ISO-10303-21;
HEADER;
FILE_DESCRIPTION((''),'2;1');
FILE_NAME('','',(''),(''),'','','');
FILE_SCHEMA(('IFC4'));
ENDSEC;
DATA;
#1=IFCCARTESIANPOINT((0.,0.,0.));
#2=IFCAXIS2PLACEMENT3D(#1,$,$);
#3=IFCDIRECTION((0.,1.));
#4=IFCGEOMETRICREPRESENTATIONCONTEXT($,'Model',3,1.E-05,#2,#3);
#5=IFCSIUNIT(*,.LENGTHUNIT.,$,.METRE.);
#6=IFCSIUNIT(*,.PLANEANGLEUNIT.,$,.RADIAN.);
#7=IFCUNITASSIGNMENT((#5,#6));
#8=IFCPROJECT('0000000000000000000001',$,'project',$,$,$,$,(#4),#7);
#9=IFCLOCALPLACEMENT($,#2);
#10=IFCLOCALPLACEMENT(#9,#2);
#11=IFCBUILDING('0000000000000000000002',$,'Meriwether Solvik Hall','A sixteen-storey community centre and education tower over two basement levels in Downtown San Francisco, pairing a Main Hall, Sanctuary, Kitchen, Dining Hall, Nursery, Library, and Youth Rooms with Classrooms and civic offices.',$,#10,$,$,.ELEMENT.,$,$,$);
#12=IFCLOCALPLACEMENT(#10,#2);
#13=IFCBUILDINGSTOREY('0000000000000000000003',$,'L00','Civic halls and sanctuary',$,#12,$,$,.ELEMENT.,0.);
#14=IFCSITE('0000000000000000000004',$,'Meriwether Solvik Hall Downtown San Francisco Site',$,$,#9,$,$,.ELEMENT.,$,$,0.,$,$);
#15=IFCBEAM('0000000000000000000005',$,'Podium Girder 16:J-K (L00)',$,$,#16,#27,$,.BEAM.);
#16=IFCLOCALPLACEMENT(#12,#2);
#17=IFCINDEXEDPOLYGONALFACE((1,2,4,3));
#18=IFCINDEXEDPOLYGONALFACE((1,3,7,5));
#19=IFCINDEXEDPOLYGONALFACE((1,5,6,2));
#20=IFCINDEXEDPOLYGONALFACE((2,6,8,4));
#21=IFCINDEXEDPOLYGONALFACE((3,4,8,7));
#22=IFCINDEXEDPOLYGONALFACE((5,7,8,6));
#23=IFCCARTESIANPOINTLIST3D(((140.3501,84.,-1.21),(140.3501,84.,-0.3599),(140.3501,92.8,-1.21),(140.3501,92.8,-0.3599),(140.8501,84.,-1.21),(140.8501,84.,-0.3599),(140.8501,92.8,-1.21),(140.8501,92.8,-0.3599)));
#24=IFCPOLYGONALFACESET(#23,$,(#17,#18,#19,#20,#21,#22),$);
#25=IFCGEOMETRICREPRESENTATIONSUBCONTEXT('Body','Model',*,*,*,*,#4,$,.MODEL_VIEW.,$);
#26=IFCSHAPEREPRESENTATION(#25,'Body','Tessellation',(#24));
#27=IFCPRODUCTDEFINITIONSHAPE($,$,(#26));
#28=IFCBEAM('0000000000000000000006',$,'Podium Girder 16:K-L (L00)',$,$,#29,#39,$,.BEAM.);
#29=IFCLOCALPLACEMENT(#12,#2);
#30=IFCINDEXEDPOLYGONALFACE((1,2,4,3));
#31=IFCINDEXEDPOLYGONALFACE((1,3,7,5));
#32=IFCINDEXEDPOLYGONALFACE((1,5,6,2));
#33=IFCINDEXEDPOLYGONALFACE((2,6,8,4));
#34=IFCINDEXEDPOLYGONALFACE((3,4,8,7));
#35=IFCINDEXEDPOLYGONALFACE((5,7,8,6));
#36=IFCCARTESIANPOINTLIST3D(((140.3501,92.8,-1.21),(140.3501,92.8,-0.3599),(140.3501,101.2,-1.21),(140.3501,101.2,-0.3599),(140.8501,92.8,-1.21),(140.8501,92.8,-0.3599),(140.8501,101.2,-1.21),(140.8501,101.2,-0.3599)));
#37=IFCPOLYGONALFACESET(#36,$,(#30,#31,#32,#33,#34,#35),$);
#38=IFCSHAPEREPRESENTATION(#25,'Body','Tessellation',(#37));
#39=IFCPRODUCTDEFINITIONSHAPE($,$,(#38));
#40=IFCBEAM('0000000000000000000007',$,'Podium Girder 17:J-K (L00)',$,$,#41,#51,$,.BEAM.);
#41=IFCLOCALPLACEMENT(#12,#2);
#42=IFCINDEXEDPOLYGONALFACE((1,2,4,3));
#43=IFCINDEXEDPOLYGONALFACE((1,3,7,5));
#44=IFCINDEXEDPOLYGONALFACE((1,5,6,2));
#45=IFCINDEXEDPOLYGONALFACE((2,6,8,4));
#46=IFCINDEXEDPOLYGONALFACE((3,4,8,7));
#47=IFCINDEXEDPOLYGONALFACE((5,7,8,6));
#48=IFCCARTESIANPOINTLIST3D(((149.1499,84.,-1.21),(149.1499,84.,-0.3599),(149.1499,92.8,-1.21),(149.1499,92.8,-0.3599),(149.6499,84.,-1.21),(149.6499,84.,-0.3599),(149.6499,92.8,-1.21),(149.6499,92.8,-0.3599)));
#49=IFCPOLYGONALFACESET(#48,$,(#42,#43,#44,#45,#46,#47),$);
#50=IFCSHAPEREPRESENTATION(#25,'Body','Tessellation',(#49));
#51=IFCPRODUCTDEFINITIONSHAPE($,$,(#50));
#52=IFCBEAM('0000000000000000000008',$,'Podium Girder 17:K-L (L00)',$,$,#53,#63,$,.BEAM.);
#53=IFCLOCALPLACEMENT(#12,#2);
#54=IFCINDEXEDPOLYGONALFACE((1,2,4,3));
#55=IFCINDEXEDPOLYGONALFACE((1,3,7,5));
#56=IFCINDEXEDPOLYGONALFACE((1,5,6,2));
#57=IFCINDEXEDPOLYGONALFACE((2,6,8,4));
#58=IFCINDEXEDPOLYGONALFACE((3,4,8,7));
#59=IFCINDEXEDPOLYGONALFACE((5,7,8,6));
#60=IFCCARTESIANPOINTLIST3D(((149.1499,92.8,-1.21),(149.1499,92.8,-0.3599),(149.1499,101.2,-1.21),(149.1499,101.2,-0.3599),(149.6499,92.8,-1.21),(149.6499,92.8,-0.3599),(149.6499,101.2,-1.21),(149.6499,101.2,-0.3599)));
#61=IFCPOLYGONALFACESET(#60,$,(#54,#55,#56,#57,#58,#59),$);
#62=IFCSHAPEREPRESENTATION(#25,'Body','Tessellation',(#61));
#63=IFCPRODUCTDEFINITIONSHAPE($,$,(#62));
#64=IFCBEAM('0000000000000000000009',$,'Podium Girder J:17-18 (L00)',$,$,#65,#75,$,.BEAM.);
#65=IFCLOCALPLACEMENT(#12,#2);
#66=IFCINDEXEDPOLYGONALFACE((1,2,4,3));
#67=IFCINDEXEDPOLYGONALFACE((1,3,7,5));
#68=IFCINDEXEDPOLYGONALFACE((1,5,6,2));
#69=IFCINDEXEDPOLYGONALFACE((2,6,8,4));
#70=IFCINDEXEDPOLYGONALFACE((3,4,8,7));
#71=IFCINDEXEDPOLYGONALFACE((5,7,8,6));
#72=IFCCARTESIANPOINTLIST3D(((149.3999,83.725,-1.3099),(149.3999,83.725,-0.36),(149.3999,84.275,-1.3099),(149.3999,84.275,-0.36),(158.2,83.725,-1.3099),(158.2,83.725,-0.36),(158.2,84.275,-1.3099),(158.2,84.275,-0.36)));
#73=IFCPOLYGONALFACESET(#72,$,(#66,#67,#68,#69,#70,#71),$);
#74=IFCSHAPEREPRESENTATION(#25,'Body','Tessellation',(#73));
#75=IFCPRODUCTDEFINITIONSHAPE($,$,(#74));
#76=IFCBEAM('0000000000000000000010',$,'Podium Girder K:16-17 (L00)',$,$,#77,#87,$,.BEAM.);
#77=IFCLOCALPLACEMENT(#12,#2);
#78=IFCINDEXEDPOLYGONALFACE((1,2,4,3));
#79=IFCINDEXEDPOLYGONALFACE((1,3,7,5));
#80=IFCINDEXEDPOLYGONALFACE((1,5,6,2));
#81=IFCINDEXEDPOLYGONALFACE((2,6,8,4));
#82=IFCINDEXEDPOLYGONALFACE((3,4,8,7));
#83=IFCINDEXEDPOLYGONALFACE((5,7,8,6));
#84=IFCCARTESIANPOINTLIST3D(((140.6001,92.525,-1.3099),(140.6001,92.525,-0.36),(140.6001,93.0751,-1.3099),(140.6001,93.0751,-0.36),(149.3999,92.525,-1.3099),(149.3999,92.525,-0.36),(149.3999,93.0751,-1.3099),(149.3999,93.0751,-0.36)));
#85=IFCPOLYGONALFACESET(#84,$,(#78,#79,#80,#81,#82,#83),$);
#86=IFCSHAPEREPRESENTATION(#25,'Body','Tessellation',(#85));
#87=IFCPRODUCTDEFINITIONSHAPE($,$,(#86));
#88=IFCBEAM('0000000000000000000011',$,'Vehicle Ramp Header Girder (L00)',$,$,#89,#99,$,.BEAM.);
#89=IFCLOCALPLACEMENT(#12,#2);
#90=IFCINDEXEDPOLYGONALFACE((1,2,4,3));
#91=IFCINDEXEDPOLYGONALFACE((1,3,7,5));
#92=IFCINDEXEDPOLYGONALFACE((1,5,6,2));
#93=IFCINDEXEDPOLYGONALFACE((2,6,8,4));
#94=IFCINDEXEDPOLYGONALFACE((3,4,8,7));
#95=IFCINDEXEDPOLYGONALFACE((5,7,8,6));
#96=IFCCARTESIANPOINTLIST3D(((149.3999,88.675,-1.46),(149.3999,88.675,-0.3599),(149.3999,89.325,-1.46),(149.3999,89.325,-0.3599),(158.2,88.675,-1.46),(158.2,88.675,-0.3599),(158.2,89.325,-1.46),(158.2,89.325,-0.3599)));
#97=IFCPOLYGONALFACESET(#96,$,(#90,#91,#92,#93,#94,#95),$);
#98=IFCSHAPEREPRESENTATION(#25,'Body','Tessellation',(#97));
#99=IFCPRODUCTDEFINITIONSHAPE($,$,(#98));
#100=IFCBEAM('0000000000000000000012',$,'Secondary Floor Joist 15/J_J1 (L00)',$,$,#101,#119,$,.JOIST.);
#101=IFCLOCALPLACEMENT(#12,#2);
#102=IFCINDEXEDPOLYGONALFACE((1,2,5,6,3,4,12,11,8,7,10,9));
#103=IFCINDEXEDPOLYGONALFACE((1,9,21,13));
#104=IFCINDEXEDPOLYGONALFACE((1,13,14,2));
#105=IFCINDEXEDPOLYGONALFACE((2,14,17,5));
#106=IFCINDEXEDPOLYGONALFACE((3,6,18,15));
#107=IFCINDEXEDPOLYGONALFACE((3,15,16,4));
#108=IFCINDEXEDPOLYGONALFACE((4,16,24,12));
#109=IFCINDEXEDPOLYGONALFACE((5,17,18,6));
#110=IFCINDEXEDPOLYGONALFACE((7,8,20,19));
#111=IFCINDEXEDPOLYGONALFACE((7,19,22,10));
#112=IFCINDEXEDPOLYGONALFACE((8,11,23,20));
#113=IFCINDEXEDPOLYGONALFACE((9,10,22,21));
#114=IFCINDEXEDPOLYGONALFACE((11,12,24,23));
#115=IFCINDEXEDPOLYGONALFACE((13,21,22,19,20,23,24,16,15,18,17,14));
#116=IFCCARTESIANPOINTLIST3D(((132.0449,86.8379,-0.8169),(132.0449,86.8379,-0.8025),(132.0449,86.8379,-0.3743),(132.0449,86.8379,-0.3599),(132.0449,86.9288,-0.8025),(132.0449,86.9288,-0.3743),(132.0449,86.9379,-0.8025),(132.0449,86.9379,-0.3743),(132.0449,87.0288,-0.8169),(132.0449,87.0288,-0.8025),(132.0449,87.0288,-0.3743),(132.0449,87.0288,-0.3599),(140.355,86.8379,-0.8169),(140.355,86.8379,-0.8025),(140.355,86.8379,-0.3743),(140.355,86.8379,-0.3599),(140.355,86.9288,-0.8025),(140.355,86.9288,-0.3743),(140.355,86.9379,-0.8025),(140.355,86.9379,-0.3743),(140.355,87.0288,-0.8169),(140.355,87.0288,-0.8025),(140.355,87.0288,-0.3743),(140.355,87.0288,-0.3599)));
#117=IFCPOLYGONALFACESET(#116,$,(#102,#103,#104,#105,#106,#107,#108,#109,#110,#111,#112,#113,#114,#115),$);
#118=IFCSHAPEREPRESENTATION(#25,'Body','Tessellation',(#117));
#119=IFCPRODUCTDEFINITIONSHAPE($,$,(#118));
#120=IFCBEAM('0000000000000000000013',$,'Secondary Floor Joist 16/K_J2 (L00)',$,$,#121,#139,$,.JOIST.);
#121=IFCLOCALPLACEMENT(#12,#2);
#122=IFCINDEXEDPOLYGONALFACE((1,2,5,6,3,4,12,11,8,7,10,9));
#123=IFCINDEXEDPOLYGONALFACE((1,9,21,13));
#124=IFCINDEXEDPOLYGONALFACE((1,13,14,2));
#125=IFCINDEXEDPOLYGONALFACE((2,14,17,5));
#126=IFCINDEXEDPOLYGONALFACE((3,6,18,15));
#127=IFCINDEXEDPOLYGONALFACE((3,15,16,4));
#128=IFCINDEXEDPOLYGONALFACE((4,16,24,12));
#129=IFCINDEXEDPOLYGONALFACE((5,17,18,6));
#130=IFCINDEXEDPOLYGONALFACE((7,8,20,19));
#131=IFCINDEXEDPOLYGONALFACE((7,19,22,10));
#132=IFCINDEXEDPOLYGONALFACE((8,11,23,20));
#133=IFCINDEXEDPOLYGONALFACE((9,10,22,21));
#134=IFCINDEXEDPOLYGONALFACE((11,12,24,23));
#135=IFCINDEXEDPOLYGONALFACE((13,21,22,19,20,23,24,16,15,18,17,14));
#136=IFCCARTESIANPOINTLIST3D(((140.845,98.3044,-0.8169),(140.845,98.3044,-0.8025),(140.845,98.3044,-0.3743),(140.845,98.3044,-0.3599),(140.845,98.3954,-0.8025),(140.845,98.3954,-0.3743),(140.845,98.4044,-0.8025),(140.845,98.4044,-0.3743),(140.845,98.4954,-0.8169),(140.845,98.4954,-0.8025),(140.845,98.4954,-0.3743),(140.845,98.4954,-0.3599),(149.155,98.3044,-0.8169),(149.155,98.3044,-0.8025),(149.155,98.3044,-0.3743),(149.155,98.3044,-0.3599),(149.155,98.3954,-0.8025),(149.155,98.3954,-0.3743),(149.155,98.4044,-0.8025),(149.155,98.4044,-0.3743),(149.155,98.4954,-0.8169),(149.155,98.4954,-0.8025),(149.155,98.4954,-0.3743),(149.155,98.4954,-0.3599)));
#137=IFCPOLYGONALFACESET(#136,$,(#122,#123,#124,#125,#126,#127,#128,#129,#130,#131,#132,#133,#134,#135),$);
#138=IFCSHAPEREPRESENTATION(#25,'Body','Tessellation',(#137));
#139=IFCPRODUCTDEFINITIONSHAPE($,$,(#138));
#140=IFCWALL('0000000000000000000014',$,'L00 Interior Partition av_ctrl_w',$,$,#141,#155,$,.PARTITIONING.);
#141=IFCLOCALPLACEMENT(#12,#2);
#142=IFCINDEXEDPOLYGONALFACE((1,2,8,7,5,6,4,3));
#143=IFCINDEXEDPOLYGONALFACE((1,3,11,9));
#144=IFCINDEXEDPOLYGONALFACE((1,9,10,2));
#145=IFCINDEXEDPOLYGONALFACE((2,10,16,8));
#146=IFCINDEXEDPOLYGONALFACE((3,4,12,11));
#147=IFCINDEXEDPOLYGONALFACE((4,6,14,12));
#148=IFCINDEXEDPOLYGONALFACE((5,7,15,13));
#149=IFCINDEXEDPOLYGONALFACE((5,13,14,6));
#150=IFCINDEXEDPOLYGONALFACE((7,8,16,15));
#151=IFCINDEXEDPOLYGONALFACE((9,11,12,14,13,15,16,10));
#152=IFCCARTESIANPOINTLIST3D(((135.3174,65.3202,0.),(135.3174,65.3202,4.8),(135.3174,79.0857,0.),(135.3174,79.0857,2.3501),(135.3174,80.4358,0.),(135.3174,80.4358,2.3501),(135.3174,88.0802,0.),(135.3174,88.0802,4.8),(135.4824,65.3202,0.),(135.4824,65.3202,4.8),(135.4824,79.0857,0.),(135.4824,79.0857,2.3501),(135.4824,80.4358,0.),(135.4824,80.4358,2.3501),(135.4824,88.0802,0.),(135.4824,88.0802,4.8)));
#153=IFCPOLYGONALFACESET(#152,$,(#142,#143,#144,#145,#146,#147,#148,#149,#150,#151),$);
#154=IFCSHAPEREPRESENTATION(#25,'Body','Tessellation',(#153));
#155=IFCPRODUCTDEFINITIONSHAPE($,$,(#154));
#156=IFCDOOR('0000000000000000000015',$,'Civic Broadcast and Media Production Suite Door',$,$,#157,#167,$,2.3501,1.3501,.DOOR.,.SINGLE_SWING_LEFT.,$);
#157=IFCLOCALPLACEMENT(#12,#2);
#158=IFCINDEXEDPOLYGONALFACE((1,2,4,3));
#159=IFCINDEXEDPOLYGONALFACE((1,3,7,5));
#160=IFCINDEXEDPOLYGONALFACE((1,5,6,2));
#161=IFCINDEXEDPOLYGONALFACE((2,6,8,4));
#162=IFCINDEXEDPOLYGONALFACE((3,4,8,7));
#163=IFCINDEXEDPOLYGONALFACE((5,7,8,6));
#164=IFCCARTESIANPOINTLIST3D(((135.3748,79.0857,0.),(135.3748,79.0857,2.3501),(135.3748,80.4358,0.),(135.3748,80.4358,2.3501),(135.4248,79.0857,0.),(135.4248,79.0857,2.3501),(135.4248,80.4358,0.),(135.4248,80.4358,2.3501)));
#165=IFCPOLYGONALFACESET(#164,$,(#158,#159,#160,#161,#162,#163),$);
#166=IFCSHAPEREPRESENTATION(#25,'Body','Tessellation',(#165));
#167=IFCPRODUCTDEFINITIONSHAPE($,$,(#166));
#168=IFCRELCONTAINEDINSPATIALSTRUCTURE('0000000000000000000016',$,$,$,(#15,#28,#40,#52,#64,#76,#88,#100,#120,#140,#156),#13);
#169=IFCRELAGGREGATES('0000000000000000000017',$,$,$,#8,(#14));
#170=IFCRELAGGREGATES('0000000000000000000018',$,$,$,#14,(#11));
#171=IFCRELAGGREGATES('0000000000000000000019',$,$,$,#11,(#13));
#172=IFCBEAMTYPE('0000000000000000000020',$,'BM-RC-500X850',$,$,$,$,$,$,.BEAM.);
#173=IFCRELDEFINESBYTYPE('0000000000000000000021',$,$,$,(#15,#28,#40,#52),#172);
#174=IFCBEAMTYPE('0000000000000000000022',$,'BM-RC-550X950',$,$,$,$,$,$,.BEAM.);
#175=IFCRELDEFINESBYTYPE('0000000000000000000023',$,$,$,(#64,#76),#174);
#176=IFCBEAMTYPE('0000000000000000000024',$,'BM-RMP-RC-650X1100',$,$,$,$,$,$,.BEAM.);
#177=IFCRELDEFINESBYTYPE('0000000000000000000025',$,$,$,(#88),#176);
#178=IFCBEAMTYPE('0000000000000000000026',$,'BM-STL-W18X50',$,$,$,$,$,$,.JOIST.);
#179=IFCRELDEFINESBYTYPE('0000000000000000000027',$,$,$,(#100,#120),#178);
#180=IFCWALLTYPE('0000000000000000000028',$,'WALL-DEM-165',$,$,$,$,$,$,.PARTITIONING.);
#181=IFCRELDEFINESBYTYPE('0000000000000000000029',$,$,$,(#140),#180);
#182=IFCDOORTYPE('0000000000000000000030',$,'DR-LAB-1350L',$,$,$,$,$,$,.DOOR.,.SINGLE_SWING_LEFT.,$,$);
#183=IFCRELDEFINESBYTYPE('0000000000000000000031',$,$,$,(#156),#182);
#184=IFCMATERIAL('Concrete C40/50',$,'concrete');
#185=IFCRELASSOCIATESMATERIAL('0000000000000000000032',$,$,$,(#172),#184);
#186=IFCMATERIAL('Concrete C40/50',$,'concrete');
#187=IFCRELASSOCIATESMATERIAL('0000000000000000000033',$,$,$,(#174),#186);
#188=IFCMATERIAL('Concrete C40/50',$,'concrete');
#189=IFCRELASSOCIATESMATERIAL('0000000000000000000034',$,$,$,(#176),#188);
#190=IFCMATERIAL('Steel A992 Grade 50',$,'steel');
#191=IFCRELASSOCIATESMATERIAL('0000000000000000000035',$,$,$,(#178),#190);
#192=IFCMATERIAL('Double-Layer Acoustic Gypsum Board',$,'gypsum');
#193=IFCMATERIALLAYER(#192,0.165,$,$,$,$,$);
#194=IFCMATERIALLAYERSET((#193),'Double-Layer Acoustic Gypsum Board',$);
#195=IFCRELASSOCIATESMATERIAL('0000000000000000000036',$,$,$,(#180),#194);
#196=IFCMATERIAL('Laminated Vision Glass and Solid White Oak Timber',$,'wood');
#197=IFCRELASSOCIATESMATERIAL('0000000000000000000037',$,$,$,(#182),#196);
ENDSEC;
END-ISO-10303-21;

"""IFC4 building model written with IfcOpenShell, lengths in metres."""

from ifc_helpers import new_model, si_unit, direction, frame, frame_2d, origin, origin_2d, place, context, subcontext, project, spatial, rectangle, i_section, extrude, material, layer, layer_set, material_profile, profile_set, type_object, element, fill, save


model = new_model("IFC4")

# Units and contexts
model_context = context("Model", 3, precision=1e-05, world=origin(), true_north=direction((0.0, 1.0)))
body_context = subcontext(model_context, "Body", "Model", "MODEL_VIEW")
ifc_project = project(units=[si_unit("LENGTHUNIT", "METRE"), si_unit("PLANEANGLEUNIT", "RADIAN")], contexts=[model_context])

# Site, building, storey
site_placement = place(None, origin())
site = spatial("IfcSite", under=ifc_project, at=site_placement, Name="Meriwether Solvik Hall Downtown San Francisco Site", CompositionType="ELEMENT", RefElevation=0.0)
building_placement = place(site_placement, origin())
building = spatial("IfcBuilding", under=site, at=building_placement, Name="Meriwether Solvik Hall", Description="A sixteen-storey community centre and education tower over two basement levels in Downtown San Francisco, pairing a Main Hall, Sanctuary, Kitchen, Dining Hall, Nursery, Library, and Youth Rooms with Classrooms and civic offices.", CompositionType="ELEMENT")
storey_placement = place(building_placement, origin())
storey = spatial("IfcBuildingStorey", under=building, at=storey_placement, Name="L00", Description="Civic halls and sanctuary", CompositionType="ELEMENT", Elevation=0.0)

# Beams
ifc_material_1 = material(Name="Concrete C40/50", Category="concrete")
ifc_material_profile_1 = material_profile(ifc_material_1, rectangle(XDim=0.5, YDim=0.8501, at=origin_2d()), Name="RCB-500X850")
ifc_profile_set_1 = profile_set([ifc_material_profile_1], Name="Concrete C40/50")
beam_type_1 = type_object("IfcBeamType", Name="BM-RC-500X850", PredefinedType="BEAM", material=ifc_profile_set_1)
beam_1_placement = place(storey_placement, frame((140.6001, 84.0, -0.7849), z_axis=(0.0, 1.0, 0.0), x_axis=(-1.0, 0.0, 0.0)))
element("IfcBeam", 1, at=beam_1_placement, inside=storey, type_object=beam_type_1, Name="Podium Girder 16:J-K (L00)", PredefinedType="BEAM", context=body_context, shape_type="SweptSolid", body=[
    extrude(rectangle(XDim=0.5, YDim=0.8501, at=origin_2d()), origin(), (0.0, 0.0, 1.0), 8.8),
])
beam_2_placement = place(storey_placement, frame((140.6001, 92.8, -0.7849), z_axis=(0.0, 1.0, 0.0), x_axis=(-1.0, 0.0, 0.0)))
element("IfcBeam", 2, at=beam_2_placement, inside=storey, type_object=beam_type_1, Name="Podium Girder 16:K-L (L00)", PredefinedType="BEAM", context=body_context, shape_type="SweptSolid", body=[
    extrude(rectangle(XDim=0.5, YDim=0.8501, at=origin_2d()), origin(), (0.0, 0.0, 1.0), 8.3999),
])
beam_3_placement = place(storey_placement, frame((149.3999, 84.0, -0.7849), z_axis=(0.0, 1.0, 0.0), x_axis=(-1.0, 0.0, 0.0)))
element("IfcBeam", 3, at=beam_3_placement, inside=storey, type_object=beam_type_1, Name="Podium Girder 17:J-K (L00)", PredefinedType="BEAM", context=body_context, shape_type="SweptSolid", body=[
    extrude(rectangle(XDim=0.5, YDim=0.8501, at=origin_2d()), origin(), (0.0, 0.0, 1.0), 8.8),
])
beam_4_placement = place(storey_placement, frame((149.3999, 92.8, -0.7849), z_axis=(0.0, 1.0, 0.0), x_axis=(-1.0, 0.0, 0.0)))
element("IfcBeam", 4, at=beam_4_placement, inside=storey, type_object=beam_type_1, Name="Podium Girder 17:K-L (L00)", PredefinedType="BEAM", context=body_context, shape_type="SweptSolid", body=[
    extrude(rectangle(XDim=0.5, YDim=0.8501, at=origin_2d()), origin(), (0.0, 0.0, 1.0), 8.3999),
])
ifc_material_2 = material(Name="Concrete C40/50", Category="concrete")
ifc_material_profile_2 = material_profile(ifc_material_2, rectangle(XDim=0.55, YDim=0.95, at=origin_2d()), Name="RCB-550X950")
ifc_profile_set_2 = profile_set([ifc_material_profile_2], Name="Concrete C40/50")
beam_type_2 = type_object("IfcBeamType", Name="BM-RC-550X950", PredefinedType="BEAM", material=ifc_profile_set_2)
beam_5_placement = place(storey_placement, frame((149.3999, 84.0, -0.835), z_axis=(1.0, 0.0, 0.0), x_axis=(0.0, 1.0, 0.0)))
element("IfcBeam", 5, at=beam_5_placement, inside=storey, type_object=beam_type_2, Name="Podium Girder J:17-18 (L00)", PredefinedType="BEAM", context=body_context, shape_type="SweptSolid", body=[
    extrude(rectangle(XDim=0.55, YDim=0.95, at=origin_2d()), origin(), (0.0, 0.0, 1.0), 8.8),
])
beam_6_placement = place(storey_placement, frame((140.6001, 92.8, -0.835), z_axis=(1.0, 0.0, 0.0), x_axis=(0.0, 1.0, 0.0)))
element("IfcBeam", 6, at=beam_6_placement, inside=storey, type_object=beam_type_2, Name="Podium Girder K:16-17 (L00)", PredefinedType="BEAM", context=body_context, shape_type="SweptSolid", body=[
    extrude(rectangle(XDim=0.55, YDim=0.95, at=origin_2d()), origin(), (0.0, 0.0, 1.0), 8.7998),
])
ifc_material_3 = material(Name="Concrete C40/50", Category="concrete")
ifc_material_profile_3 = material_profile(ifc_material_3, rectangle(XDim=0.6499, YDim=1.1001, at=origin_2d()), Name="RCB-650X1100")
ifc_profile_set_3 = profile_set([ifc_material_profile_3], Name="Concrete C40/50")
beam_type_3 = type_object("IfcBeamType", Name="BM-RMP-RC-650X1100", PredefinedType="BEAM", material=ifc_profile_set_3)
beam_7_placement = place(storey_placement, frame((149.3999, 89.0, -0.9099), z_axis=(1.0, 0.0, 0.0), x_axis=(0.0, 1.0, 0.0)))
element("IfcBeam", 7, at=beam_7_placement, inside=storey, type_object=beam_type_3, Name="Vehicle Ramp Header Girder (L00)", PredefinedType="BEAM", context=body_context, shape_type="SweptSolid", body=[
    extrude(rectangle(XDim=0.6499, YDim=1.1001, at=origin_2d()), origin(), (0.0, 0.0, 1.0), 8.8),
])
ifc_material_4 = material(Name="Steel A992 Grade 50", Category="steel")
ifc_material_profile_4 = material_profile(ifc_material_4, i_section(OverallWidth=0.1909, OverallDepth=0.457, WebThickness=0.009, FlangeThickness=0.0144, at=origin_2d()), Name="W18X50")
ifc_profile_set_4 = profile_set([ifc_material_profile_4], Name="Steel A992 Grade 50")
beam_type_4 = type_object("IfcBeamType", Name="BM-STL-W18X50", PredefinedType="JOIST", material=ifc_profile_set_4)
for number, where, z_axis, x_axis, name in (
    (8, (132.0449, 86.9333, -0.5884), (1.0, 0.0, 0.0), (0.0, 1.0, 0.0), "Secondary Floor Joist 15/J_J1 (L00)"),
    (9, (140.845, 98.3999, -0.5884), (1.0, 0.0, 0.0), (0.0, 1.0, 0.0), "Secondary Floor Joist 16/K_J2 (L00)"),
):
    element("IfcBeam", number, at=place(storey_placement, frame(where, z_axis=z_axis, x_axis=x_axis)), inside=storey, type_object=beam_type_4, Name=name, PredefinedType="JOIST", context=body_context, shape_type="SweptSolid", body=[
        extrude(i_section(OverallWidth=0.1909, OverallDepth=0.457, WebThickness=0.009, FlangeThickness=0.0144, at=origin_2d()), origin(), (0.0, 0.0, 1.0), 8.3101),
    ])

# Wall, opening, door
ifc_material_5 = material(Name="Double-Layer Acoustic Gypsum Board", Category="gypsum")
ifc_layer_1 = layer(ifc_material_5, 0.165)
ifc_layer_set_1 = layer_set([ifc_layer_1], Name="Double-Layer Acoustic Gypsum Board")
wall_type_1 = type_object("IfcWallType", Name="WALL-DEM-165", PredefinedType="PARTITIONING", material=ifc_layer_set_1)
wall_1_placement = place(storey_placement, frame((135.3999, 88.0801, 0.0), z_axis=(0.0, 0.0, 1.0), x_axis=(0.0, -1.0, 0.0)))
wall_1 = element("IfcWall", 10, at=wall_1_placement, inside=storey, type_object=wall_type_1, Name="L00 Interior Partition av_ctrl_w", PredefinedType="PARTITIONING", context=body_context, shape_type="SweptSolid", body=[
    extrude(rectangle(XDim=22.76, YDim=0.165, at=frame_2d((11.3799, 0.0))), origin(), (0.0, 0.0, 1.0), 4.8),
])
opening_1_placement = place(wall_1_placement, frame((7.6443, 0.0, 0.0)))
opening_1 = element("IfcOpeningElement", 11, at=opening_1_placement, cuts=wall_1, PredefinedType="OPENING", context=body_context, shape_type="SweptSolid", body=[
    extrude(rectangle(XDim=1.3501, YDim=2.3501, at=frame_2d((0.675, 1.175))), frame((0.0, 0.0945, 0.0), z_axis=(0.0, -1.0, 0.0), x_axis=(1.0, 0.0, 0.0)), (0.0, 0.0, 1.0), 0.189),
])
ifc_material_6 = material(Name="Laminated Vision Glass and Solid White Oak Timber", Category="wood")
door_type_1 = type_object("IfcDoorType", Name="DR-LAB-1350L", OperationType="SINGLE_SWING_LEFT", PredefinedType="DOOR", material=ifc_material_6)
door_1_placement = place(opening_1_placement, origin())
door_1 = element("IfcDoor", 12, at=door_1_placement, inside=storey, type_object=door_type_1, Name="Civic Broadcast and Media Production Suite Door", OperationType="SINGLE_SWING_LEFT", OverallHeight=2.3501, OverallWidth=1.3501, PredefinedType="DOOR", context=body_context, shape_type="SweptSolid", body=[
    extrude(rectangle(XDim=1.3501, YDim=2.3501, at=frame_2d((0.675, 1.175))), frame((0.0, 0.0249, 0.0), z_axis=(0.0, -1.0, 0.0), x_axis=(1.0, 0.0, 0.0)), (0.0, 0.0, 1.0), 0.05),
])
fill(opening_1, door_1)

save(model, "model.ifc")
